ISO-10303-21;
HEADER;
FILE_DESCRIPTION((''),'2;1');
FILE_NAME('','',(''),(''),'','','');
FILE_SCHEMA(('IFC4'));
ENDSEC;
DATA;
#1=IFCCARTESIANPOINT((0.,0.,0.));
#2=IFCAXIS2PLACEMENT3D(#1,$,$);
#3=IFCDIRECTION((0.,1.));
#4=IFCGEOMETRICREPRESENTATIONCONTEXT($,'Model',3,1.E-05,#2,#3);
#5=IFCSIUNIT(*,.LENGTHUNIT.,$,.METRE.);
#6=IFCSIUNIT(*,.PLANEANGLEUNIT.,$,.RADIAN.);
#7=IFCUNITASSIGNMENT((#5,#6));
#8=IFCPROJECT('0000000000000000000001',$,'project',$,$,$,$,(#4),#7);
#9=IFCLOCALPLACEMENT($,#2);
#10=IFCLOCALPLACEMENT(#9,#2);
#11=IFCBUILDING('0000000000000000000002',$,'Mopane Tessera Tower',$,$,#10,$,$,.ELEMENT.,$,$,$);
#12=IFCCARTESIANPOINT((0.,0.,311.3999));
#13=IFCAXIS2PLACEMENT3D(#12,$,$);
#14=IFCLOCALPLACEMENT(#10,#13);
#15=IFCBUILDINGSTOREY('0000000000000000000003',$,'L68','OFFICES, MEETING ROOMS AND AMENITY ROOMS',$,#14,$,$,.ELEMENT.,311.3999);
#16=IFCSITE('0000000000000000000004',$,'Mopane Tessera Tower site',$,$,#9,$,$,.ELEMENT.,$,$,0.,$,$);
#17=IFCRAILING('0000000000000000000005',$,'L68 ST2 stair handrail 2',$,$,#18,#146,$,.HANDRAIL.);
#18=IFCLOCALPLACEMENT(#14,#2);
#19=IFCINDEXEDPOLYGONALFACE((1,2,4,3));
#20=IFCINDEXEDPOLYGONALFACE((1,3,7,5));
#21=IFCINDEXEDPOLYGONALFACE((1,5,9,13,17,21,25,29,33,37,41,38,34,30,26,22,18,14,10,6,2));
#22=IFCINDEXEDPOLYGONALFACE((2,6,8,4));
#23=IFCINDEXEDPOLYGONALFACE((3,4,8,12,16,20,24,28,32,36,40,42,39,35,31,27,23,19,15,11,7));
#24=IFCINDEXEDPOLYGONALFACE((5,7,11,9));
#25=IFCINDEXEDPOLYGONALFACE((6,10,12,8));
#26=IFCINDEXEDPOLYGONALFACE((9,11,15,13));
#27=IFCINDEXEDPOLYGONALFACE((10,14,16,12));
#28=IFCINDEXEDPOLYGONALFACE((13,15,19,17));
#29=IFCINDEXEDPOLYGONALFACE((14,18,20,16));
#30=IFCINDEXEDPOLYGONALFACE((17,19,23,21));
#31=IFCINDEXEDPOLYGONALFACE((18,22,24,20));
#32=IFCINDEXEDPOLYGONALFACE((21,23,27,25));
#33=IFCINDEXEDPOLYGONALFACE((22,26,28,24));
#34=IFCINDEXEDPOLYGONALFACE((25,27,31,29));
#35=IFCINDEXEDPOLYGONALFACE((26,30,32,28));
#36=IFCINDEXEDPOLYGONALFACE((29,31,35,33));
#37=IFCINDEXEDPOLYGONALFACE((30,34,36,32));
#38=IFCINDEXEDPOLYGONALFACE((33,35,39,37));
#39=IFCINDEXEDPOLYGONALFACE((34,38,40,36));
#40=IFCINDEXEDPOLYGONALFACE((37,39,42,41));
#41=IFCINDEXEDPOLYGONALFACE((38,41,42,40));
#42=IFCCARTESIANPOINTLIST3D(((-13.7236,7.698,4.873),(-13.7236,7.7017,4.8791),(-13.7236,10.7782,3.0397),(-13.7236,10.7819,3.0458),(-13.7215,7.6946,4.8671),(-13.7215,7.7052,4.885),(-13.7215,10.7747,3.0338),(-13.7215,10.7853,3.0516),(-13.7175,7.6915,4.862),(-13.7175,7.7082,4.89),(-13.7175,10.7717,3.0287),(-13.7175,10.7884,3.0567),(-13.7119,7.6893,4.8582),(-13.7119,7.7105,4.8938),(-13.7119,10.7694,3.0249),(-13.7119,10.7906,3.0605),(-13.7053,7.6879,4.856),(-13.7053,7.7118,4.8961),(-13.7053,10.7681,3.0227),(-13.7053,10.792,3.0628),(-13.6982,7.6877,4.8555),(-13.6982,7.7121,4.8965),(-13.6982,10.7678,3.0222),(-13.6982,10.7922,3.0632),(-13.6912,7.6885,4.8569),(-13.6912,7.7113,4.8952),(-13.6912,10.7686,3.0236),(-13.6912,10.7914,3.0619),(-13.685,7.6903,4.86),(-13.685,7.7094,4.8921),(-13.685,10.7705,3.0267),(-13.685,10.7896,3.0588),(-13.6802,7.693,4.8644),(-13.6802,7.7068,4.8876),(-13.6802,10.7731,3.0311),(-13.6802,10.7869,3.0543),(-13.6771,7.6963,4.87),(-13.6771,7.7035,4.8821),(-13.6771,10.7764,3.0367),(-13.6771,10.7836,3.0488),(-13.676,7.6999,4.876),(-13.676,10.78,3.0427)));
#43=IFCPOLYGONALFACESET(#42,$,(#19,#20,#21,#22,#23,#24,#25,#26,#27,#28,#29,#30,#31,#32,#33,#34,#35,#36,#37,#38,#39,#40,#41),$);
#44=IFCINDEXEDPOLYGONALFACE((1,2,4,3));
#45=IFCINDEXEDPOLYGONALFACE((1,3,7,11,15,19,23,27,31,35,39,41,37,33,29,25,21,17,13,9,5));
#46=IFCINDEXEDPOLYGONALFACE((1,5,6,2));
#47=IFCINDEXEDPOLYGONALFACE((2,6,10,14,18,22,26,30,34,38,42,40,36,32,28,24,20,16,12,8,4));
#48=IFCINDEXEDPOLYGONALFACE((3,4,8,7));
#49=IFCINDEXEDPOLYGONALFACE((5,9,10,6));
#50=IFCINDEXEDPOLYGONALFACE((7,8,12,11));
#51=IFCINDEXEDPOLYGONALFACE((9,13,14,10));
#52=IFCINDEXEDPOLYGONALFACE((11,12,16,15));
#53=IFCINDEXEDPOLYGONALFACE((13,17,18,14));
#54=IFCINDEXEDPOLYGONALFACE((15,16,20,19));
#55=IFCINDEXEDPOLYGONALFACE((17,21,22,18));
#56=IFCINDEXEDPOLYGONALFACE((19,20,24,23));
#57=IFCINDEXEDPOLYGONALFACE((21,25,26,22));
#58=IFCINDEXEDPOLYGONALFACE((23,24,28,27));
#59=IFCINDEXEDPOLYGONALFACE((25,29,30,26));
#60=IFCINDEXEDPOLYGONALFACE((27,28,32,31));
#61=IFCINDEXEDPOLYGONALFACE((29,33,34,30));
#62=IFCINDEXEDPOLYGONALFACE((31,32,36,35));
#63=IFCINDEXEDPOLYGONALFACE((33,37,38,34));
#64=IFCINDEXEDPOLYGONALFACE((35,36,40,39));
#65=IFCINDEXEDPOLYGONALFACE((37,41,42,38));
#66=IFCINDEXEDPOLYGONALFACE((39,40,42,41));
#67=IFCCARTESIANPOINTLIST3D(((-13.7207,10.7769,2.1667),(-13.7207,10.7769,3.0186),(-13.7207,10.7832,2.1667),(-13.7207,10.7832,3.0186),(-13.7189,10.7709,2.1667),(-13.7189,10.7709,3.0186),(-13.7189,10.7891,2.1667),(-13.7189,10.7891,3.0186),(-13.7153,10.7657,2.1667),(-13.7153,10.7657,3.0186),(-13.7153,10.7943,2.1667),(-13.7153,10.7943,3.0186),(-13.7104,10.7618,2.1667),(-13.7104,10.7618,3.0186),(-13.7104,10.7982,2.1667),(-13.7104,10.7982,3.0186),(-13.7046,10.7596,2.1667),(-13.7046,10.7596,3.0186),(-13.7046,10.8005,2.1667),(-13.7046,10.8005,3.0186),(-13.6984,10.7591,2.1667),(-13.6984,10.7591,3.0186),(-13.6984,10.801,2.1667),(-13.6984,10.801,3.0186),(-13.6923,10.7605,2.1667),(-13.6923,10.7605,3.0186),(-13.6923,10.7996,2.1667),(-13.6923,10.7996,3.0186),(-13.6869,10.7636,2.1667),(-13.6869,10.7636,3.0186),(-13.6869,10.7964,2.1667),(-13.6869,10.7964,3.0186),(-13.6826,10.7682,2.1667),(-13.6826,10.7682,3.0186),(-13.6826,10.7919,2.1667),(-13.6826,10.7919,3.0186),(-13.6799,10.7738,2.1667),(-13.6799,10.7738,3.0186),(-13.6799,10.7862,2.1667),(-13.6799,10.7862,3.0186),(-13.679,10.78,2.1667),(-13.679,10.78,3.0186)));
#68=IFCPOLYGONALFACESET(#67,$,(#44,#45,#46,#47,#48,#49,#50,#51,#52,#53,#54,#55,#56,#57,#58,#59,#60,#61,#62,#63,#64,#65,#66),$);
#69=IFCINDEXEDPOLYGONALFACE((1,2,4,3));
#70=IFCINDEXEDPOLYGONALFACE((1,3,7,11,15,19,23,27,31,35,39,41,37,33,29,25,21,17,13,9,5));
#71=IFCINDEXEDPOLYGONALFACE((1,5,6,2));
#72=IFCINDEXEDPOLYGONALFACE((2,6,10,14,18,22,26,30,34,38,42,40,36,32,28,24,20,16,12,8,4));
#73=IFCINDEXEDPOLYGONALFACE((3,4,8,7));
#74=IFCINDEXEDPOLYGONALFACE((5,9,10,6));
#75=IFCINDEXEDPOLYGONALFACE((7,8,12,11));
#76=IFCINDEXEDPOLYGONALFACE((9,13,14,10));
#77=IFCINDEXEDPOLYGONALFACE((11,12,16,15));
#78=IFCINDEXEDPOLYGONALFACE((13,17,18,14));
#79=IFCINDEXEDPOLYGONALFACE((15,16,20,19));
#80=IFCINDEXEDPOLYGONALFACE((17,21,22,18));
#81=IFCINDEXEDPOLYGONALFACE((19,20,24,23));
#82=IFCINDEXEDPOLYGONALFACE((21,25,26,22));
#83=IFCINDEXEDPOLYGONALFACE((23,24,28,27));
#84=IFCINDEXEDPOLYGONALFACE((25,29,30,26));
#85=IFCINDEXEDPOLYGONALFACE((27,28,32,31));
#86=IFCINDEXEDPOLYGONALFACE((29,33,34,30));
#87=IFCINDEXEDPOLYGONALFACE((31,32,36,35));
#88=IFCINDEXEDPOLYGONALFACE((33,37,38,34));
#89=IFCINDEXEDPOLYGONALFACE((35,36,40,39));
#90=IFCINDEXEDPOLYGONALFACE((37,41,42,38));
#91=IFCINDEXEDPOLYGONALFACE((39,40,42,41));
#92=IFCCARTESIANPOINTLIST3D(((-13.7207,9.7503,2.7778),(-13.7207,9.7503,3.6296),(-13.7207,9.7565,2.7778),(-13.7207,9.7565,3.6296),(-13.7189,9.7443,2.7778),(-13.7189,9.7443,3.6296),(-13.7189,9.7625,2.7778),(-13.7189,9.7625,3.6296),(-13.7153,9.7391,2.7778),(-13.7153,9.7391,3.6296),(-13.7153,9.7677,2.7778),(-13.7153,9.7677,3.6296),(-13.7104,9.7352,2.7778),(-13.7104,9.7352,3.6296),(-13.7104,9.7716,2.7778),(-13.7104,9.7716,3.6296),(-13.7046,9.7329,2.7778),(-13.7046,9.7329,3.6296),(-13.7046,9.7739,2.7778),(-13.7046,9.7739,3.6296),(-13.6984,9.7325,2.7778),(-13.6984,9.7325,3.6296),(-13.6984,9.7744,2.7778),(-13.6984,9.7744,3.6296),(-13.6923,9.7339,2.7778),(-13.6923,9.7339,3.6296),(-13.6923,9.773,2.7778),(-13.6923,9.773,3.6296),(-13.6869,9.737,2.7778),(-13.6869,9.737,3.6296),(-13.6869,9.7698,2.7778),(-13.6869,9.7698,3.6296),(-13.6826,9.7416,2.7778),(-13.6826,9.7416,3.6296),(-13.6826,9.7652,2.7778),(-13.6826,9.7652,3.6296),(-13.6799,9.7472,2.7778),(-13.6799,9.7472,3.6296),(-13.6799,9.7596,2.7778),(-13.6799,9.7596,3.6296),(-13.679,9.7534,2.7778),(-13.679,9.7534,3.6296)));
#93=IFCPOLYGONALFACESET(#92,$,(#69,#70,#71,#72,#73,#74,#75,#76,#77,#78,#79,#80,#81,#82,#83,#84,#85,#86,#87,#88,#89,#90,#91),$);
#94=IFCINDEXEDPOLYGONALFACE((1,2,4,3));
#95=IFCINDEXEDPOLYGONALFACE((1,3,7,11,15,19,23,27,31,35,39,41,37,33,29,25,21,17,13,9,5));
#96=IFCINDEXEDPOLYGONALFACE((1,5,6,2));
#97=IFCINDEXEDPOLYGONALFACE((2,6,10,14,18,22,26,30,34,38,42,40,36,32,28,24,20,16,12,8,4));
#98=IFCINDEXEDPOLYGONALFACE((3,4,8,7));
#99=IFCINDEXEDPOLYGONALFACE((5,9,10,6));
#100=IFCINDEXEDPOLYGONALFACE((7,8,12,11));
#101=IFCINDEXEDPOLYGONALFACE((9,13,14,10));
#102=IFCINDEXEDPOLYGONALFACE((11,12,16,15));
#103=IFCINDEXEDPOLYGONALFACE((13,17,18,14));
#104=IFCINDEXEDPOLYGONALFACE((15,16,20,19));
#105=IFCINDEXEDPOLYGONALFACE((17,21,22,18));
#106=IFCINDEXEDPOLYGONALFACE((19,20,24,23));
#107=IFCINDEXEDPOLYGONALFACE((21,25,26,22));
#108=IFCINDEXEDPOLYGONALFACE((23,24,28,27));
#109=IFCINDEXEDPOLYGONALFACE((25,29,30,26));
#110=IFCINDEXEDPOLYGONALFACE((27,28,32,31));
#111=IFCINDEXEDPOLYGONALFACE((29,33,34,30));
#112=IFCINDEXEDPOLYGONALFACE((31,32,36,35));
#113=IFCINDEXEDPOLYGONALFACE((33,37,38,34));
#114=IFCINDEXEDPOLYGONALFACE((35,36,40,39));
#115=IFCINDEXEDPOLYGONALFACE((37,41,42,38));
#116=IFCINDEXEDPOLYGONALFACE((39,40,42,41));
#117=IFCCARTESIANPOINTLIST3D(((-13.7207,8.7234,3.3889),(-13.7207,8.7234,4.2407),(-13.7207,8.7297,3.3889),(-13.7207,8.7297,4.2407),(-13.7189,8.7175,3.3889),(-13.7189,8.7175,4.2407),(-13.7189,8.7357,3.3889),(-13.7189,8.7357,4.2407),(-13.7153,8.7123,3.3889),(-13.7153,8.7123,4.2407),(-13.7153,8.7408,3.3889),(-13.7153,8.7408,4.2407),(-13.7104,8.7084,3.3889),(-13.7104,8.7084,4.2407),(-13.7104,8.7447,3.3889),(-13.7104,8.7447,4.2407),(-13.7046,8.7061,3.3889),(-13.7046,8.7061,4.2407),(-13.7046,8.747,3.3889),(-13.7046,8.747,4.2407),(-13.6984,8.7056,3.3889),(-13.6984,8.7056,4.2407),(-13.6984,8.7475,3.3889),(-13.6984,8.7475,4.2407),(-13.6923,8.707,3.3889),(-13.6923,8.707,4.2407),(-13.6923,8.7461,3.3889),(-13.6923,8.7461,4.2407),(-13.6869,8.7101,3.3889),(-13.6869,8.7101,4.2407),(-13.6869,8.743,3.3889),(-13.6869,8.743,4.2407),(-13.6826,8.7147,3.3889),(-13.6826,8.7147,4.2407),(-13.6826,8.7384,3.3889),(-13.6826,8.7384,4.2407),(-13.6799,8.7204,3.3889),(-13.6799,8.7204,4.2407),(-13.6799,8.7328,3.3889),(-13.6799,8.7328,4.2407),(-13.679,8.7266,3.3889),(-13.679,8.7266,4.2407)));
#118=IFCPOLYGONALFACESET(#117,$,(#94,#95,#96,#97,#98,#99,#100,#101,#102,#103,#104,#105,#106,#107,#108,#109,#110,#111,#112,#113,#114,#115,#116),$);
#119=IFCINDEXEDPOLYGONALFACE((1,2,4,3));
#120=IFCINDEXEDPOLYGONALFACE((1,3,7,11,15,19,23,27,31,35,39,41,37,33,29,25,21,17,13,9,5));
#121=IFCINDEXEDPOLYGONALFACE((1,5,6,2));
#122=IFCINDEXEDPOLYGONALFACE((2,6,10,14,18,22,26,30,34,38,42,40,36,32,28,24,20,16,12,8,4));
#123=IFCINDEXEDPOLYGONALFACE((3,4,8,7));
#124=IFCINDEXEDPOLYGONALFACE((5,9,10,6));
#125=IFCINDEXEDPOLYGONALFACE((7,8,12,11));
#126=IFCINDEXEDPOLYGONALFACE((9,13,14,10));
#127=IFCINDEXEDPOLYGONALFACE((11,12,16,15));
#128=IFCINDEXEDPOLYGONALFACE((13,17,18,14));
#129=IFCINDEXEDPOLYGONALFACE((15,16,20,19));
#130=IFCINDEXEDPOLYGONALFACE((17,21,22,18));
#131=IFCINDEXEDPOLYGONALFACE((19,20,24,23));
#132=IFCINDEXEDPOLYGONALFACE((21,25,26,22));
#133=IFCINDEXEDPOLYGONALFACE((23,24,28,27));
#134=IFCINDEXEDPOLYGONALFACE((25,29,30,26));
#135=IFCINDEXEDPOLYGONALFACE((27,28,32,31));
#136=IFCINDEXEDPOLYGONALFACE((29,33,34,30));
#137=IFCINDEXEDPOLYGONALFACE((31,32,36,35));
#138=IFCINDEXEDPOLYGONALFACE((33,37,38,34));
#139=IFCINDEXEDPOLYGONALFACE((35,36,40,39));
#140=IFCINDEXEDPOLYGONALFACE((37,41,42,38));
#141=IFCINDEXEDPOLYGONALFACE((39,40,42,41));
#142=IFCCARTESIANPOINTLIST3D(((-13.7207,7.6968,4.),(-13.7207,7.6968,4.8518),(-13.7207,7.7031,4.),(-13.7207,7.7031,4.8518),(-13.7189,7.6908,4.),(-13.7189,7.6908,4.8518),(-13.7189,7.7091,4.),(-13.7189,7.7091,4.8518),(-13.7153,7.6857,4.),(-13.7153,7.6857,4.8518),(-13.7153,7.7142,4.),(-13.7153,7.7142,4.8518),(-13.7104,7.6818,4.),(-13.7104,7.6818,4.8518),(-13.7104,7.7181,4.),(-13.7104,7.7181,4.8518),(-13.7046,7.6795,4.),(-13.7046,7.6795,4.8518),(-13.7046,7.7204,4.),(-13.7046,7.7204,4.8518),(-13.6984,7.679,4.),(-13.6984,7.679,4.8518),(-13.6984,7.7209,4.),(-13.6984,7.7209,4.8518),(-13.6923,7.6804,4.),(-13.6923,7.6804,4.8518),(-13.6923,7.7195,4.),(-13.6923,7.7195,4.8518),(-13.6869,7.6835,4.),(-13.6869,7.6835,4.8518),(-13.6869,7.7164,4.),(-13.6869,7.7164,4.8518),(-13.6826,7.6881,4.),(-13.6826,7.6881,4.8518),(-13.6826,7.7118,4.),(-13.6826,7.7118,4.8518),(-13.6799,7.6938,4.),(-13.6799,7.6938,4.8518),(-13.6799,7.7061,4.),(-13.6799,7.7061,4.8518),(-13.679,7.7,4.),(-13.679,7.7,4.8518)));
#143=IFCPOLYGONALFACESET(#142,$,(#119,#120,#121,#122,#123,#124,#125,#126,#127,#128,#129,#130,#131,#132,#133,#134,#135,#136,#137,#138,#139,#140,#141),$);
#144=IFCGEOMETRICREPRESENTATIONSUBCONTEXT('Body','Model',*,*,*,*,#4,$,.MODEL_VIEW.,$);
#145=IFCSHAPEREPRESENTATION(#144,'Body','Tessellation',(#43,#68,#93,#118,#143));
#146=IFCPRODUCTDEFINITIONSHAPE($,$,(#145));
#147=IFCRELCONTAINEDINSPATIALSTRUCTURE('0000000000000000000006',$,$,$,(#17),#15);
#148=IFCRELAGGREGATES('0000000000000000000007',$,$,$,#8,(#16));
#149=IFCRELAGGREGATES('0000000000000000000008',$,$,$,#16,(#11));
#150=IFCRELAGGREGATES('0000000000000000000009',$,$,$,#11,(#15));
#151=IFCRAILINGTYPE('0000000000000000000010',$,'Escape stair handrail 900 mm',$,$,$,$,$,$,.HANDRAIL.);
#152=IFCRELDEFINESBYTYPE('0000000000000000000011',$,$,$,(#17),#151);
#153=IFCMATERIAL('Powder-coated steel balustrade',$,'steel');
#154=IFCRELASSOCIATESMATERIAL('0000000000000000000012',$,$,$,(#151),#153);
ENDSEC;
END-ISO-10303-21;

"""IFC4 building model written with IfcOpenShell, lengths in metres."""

from ifc_helpers import new_model, si_unit, direction, frame, origin, origin_2d, place, context, subcontext, project, spatial, circle, extrude, material, type_object, element, save


model = new_model("IFC4")

# Units and contexts
model_context = context("Model", 3, precision=1e-05, world=origin(), true_north=direction((0.0, 1.0)))
body_context = subcontext(model_context, "Body", "Model", "MODEL_VIEW")
ifc_project = project(units=[si_unit("LENGTHUNIT", "METRE"), si_unit("PLANEANGLEUNIT", "RADIAN")], contexts=[model_context])

# Site, building, storey
site_placement = place(None, origin())
site = spatial("IfcSite", under=ifc_project, at=site_placement, Name="Mopane Tessera Tower site", CompositionType="ELEMENT", RefElevation=0.0)
building_placement = place(site_placement, origin())
building = spatial("IfcBuilding", under=site, at=building_placement, Name="Mopane Tessera Tower", CompositionType="ELEMENT")
storey_placement = place(building_placement, frame((0.0, 0.0, 311.3999)))
storey = spatial("IfcBuildingStorey", under=building, at=storey_placement, Name="L68", Description="OFFICES, MEETING ROOMS AND AMENITY ROOMS", CompositionType="ELEMENT", Elevation=311.3999)

# Railing
ifc_material_1 = material(Name="Powder-coated steel balustrade", Category="steel")
railing_type_1 = type_object("IfcRailingType", Name="Escape stair handrail 900 mm", PredefinedType="HANDRAIL", material=ifc_material_1)
railing_1_placement = place(storey_placement, frame((-13.7, 10.78, 2.1667)))
element("IfcRailing", 1, at=railing_1_placement, inside=storey, type_object=railing_type_1, Name="L68 ST2 stair handrail 2", PredefinedType="HANDRAIL", context=body_context, shape_type="SweptSolid", body=[
    extrude(circle(Radius=0.0239, at=origin_2d()), frame((0.0, 0.0, 0.876), z_axis=(0.0, -0.859309, 0.511458), x_axis=(1.0, 0.0, 0.0)), (0.0, 0.0, 1.0), 3.5845),
    extrude(circle(Radius=0.021, at=origin_2d()), origin(), (0.0, 0.0, 1.0), 0.8518),
    extrude(circle(Radius=0.021, at=origin_2d()), frame((0.0, -1.0266, 0.6111)), (0.0, 0.0, 1.0), 0.8518),
    extrude(circle(Radius=0.021, at=origin_2d()), frame((0.0, -2.0535, 1.2222)), (0.0, 0.0, 1.0), 0.8518),
    extrude(circle(Radius=0.021, at=origin_2d()), frame((0.0, -3.0801, 1.8333)), (0.0, 0.0, 1.0), 0.8518),
])

save(model, "model.ifc")
